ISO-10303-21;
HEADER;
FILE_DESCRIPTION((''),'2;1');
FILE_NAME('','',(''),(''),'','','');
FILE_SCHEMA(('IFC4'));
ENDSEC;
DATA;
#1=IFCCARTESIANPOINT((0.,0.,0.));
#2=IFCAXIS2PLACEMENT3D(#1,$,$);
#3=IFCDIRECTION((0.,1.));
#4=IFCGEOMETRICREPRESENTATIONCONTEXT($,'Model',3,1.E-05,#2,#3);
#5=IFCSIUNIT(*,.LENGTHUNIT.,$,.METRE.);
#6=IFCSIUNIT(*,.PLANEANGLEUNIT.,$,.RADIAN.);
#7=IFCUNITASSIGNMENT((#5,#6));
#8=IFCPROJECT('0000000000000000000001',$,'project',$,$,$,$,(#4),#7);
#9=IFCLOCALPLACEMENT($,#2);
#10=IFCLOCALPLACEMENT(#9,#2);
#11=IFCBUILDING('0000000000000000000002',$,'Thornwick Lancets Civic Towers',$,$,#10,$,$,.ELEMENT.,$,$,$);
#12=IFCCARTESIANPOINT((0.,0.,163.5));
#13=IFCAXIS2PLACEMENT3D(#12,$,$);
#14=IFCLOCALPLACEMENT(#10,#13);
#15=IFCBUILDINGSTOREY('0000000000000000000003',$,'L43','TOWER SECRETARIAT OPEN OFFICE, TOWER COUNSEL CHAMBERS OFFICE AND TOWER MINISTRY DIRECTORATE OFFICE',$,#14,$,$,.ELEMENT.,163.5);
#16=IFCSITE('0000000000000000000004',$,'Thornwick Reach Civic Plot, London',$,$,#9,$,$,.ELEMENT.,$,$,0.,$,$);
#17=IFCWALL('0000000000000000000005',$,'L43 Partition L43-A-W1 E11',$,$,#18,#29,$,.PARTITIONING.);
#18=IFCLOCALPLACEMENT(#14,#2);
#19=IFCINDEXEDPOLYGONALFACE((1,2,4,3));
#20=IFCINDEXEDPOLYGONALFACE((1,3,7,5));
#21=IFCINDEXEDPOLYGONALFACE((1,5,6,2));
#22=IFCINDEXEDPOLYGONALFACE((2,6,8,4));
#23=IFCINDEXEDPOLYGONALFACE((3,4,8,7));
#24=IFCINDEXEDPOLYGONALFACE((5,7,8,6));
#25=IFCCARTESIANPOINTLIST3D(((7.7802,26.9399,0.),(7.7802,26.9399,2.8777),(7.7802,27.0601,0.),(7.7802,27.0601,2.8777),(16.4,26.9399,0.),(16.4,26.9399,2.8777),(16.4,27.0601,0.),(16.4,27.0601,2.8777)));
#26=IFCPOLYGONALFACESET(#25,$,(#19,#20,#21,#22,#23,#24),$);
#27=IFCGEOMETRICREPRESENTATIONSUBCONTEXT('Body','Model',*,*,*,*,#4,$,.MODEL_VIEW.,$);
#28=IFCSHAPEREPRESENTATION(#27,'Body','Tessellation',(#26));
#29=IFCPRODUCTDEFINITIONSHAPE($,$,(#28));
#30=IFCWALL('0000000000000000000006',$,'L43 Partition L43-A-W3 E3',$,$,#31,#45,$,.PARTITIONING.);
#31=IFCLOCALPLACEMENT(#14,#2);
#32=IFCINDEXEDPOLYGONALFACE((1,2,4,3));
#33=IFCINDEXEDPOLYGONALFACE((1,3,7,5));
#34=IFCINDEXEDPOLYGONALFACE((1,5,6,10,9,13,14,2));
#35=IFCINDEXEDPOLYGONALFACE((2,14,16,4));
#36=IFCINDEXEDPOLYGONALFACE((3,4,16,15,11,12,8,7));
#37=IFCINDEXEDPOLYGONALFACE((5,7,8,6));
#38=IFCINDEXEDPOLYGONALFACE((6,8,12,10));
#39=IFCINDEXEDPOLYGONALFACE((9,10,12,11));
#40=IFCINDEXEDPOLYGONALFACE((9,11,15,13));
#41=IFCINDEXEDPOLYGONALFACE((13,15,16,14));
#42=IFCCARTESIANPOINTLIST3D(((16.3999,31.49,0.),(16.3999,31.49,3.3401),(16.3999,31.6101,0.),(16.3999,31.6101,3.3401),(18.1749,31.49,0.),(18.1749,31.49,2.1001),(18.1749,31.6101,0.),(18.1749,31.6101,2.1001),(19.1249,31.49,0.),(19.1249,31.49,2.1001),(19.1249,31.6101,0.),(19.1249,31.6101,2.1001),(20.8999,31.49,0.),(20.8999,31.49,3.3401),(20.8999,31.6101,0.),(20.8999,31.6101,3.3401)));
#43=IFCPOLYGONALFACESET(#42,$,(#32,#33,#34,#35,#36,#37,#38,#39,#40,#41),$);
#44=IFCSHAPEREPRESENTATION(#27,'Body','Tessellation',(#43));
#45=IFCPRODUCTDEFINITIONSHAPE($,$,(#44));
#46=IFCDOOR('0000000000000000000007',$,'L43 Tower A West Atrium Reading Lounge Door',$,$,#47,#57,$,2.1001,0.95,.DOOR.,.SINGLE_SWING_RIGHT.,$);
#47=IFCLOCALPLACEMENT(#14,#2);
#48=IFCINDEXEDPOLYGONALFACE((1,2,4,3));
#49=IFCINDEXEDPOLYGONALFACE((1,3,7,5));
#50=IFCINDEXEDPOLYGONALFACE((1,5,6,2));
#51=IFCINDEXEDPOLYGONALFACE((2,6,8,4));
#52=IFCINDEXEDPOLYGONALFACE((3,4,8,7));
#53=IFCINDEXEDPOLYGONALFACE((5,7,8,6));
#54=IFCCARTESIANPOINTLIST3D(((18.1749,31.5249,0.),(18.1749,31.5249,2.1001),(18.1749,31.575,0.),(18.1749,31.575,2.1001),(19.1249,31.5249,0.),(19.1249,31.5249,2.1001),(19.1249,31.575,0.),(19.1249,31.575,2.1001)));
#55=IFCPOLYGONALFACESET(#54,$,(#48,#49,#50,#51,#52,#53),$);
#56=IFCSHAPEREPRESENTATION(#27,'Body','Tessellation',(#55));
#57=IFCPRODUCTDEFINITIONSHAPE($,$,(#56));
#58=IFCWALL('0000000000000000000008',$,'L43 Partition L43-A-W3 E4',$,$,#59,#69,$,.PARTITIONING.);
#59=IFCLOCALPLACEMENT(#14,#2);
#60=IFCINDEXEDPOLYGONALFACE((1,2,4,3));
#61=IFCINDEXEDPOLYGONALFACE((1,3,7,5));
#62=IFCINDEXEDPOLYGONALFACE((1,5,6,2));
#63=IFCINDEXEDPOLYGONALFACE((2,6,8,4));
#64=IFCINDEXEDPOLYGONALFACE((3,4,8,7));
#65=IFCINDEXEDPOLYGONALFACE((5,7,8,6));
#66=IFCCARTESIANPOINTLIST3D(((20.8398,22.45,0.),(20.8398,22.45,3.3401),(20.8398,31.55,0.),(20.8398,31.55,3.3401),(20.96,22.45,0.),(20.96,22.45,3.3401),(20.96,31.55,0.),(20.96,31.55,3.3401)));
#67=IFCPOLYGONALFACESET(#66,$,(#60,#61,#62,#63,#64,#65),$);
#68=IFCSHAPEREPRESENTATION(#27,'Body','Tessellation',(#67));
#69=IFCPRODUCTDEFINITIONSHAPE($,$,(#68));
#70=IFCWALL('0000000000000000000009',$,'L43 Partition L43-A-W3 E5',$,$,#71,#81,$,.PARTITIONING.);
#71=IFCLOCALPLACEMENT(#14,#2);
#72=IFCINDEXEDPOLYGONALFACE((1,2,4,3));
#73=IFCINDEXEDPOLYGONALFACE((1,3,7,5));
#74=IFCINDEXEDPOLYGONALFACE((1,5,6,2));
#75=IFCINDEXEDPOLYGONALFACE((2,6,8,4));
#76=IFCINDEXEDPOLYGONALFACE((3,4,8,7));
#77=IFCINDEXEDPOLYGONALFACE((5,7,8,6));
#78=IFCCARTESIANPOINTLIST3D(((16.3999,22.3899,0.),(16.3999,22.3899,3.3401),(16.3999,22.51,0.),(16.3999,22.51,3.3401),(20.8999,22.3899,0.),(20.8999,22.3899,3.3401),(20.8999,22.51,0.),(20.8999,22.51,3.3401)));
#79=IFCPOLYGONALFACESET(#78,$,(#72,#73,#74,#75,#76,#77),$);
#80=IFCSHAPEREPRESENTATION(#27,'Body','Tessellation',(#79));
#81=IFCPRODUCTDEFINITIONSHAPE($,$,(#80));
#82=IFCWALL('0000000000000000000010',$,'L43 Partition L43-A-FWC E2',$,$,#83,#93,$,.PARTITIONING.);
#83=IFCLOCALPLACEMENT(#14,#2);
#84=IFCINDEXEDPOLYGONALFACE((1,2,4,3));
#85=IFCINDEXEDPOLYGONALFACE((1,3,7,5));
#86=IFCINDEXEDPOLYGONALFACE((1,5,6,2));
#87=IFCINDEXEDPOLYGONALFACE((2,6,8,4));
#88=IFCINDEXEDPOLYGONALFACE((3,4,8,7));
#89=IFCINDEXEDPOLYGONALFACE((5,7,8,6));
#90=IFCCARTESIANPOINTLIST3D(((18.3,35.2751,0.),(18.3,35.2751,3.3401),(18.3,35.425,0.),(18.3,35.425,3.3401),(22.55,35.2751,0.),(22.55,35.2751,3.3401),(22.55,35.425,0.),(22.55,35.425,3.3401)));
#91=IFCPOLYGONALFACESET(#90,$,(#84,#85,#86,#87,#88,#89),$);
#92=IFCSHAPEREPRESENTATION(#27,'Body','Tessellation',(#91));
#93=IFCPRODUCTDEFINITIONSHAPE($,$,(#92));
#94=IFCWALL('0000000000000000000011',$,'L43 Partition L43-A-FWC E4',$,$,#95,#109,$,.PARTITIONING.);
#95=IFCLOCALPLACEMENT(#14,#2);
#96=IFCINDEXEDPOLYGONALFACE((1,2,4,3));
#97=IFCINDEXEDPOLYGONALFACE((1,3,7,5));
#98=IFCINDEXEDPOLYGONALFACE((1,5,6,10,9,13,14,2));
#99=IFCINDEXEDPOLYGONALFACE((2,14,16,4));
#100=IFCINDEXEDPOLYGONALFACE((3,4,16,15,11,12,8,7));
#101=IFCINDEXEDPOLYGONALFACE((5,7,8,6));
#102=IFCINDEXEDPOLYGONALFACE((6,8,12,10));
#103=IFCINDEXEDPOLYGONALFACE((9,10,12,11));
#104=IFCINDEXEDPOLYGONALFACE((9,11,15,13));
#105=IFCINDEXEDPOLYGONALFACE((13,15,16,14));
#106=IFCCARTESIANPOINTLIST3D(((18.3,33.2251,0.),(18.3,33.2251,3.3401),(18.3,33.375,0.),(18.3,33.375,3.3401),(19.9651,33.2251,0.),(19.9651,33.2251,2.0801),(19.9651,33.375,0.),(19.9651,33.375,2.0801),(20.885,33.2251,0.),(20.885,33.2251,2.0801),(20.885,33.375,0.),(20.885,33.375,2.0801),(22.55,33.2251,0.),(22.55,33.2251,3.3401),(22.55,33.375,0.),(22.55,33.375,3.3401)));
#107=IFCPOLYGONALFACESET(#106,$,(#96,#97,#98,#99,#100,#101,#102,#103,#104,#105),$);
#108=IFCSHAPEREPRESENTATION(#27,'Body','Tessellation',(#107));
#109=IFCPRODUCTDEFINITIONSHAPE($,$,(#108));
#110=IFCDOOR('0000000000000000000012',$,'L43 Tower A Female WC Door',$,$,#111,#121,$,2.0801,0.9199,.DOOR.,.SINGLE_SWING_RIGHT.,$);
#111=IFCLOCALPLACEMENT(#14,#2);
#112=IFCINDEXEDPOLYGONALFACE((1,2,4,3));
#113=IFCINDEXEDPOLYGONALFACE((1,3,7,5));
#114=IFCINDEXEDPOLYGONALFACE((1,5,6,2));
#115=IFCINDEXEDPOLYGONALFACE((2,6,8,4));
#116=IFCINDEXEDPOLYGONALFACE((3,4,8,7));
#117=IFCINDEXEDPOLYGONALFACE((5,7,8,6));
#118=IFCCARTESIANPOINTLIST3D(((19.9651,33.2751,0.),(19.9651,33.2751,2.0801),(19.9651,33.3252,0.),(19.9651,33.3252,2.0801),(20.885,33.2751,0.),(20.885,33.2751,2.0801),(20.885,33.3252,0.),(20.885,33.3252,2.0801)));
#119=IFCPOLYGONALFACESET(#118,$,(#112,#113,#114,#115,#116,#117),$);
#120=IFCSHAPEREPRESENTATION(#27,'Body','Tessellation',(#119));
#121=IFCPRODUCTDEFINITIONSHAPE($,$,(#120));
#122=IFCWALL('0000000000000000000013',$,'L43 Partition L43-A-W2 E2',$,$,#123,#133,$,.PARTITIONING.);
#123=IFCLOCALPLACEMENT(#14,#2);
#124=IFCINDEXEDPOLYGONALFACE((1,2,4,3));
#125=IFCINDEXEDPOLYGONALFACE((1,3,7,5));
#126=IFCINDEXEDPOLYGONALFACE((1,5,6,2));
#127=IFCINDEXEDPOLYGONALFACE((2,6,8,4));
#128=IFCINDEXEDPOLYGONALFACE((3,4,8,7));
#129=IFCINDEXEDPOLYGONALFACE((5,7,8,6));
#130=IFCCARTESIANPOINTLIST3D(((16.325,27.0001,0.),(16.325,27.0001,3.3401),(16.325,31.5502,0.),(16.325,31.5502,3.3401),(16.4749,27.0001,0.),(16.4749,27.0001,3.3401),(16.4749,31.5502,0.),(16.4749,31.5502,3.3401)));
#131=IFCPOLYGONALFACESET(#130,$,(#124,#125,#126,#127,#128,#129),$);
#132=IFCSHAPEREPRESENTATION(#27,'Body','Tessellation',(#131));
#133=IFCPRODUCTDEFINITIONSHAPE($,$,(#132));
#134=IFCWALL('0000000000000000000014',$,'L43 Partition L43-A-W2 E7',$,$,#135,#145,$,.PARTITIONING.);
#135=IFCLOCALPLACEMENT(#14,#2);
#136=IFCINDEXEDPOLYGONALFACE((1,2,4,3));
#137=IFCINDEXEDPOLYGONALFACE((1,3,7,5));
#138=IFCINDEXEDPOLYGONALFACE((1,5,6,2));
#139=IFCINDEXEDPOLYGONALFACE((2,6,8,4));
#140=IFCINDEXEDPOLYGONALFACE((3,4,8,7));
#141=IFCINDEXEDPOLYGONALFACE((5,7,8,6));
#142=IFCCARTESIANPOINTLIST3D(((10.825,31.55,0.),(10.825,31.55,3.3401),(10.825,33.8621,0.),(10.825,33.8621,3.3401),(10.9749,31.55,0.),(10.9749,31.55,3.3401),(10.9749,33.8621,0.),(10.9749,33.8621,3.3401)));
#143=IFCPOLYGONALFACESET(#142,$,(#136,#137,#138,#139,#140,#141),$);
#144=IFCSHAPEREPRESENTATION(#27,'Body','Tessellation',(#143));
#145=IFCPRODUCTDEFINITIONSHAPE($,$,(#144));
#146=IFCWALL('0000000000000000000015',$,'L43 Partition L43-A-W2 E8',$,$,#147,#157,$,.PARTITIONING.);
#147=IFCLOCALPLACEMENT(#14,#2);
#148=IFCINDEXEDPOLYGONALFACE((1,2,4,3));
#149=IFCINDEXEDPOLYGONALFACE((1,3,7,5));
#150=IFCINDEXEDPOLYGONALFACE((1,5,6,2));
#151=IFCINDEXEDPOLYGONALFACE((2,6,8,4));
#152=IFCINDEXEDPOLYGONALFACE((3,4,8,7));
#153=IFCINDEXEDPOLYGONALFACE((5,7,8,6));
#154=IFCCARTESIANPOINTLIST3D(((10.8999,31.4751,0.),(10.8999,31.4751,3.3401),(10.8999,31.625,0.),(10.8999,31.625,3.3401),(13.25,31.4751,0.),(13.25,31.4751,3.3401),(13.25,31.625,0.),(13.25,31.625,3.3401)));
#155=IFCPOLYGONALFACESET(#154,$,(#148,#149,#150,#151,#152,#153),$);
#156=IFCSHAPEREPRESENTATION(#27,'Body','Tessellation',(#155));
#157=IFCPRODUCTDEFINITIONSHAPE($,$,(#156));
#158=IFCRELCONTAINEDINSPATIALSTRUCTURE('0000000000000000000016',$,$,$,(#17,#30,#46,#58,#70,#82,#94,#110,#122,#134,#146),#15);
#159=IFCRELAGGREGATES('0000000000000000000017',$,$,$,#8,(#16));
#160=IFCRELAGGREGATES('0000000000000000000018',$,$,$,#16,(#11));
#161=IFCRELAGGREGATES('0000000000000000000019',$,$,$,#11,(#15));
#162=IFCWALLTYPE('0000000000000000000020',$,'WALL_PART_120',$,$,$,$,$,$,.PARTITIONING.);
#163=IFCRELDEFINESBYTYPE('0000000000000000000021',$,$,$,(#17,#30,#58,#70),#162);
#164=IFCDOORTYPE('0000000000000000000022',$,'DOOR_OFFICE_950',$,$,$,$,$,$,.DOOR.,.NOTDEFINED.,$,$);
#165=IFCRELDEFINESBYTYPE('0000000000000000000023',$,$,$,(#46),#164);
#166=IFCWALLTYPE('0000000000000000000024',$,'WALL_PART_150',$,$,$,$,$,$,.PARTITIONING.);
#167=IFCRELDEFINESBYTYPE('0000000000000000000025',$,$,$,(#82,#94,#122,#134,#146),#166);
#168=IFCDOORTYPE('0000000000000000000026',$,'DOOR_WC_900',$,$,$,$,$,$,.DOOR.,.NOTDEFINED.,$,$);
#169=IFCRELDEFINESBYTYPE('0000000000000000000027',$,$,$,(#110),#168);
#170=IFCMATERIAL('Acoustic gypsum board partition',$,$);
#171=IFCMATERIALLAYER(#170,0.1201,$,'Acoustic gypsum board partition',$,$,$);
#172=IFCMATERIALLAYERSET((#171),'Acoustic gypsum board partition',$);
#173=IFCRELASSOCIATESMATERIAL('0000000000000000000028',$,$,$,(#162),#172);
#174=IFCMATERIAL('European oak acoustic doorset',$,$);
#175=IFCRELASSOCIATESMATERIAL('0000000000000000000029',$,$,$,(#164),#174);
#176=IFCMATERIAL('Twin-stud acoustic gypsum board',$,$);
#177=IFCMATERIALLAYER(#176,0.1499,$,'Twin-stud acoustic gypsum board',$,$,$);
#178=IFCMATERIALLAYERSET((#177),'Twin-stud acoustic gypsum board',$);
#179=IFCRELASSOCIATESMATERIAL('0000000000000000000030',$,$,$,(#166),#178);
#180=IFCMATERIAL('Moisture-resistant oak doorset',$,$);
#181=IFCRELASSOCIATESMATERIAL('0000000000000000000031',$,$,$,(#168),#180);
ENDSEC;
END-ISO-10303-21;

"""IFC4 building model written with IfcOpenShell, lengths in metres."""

from ifc_helpers import new_model, si_unit, direction, frame, frame_2d, origin, place, context, subcontext, project, spatial, rectangle, extrude, material, layer, layer_set, type_object, element, fill, save


model = new_model("IFC4")

# Units and contexts
model_context = context("Model", 3, precision=1e-05, world=origin(), true_north=direction((0.0, 1.0)))
body_context = subcontext(model_context, "Body", "Model", "MODEL_VIEW")
ifc_project = project(units=[si_unit("LENGTHUNIT", "METRE"), si_unit("PLANEANGLEUNIT", "RADIAN")], contexts=[model_context])

# Site, building, storey
site_placement = place(None, origin())
site = spatial("IfcSite", under=ifc_project, at=site_placement, Name="Thornwick Reach Civic Plot, London", CompositionType="ELEMENT", RefElevation=0.0)
building_placement = place(site_placement, origin())
building = spatial("IfcBuilding", under=site, at=building_placement, Name="Thornwick Lancets Civic Towers", CompositionType="ELEMENT")
storey_placement = place(building_placement, frame((0.0, 0.0, 163.5)))
storey = spatial("IfcBuildingStorey", under=building, at=storey_placement, Name="L43", Description="TOWER SECRETARIAT OPEN OFFICE, TOWER COUNSEL CHAMBERS OFFICE AND TOWER MINISTRY DIRECTORATE OFFICE", CompositionType="ELEMENT", Elevation=163.5)

# Shared definitions
ifc_material_1 = material(Name="Acoustic gypsum board partition")
ifc_layer_1 = layer(ifc_material_1, 0.1201, Name="Acoustic gypsum board partition")
ifc_layer_set_1 = layer_set([ifc_layer_1], Name="Acoustic gypsum board partition")
wall_type_1 = type_object("IfcWallType", Name="WALL_PART_120", PredefinedType="PARTITIONING", material=ifc_layer_set_1)

# Wall
wall_1_placement = place(storey_placement, frame((7.78, 27.0, 0.0), z_axis=(0.0, 0.0, 1.0), x_axis=(1.0, 0.0, 0.0)))
element("IfcWall", 1, at=wall_1_placement, inside=storey, type_object=wall_type_1, Name="L43 Partition L43-A-W1 E11", PredefinedType="PARTITIONING", context=body_context, shape_type="SweptSolid", body=[
    extrude(rectangle(XDim=8.6199, YDim=0.1201, at=frame_2d((4.3101, 0.0))), origin(), (0.0, 0.0, 1.0), 2.8777),
])

# Wall, opening, door
wall_2_placement = place(storey_placement, frame((16.3999, 31.55, 0.0), z_axis=(0.0, 0.0, 1.0), x_axis=(1.0, 0.0, 0.0)))
wall_2 = element("IfcWall", 2, at=wall_2_placement, inside=storey, type_object=wall_type_1, Name="L43 Partition L43-A-W3 E3", PredefinedType="PARTITIONING", context=body_context, shape_type="SweptSolid", body=[
    extrude(rectangle(XDim=4.5, YDim=0.1201, at=frame_2d((2.25, 0.0))), origin(), (0.0, 0.0, 1.0), 3.3401),
])
opening_1_placement = place(wall_2_placement, frame((1.7749, 0.0, 0.0)))
opening_1 = element("IfcOpeningElement", 3, at=opening_1_placement, cuts=wall_2, PredefinedType="OPENING", context=body_context, shape_type="SweptSolid", body=[
    extrude(rectangle(XDim=0.95, YDim=2.1001, at=frame_2d((0.4751, 1.05))), frame((0.0, 0.0701, 0.0), z_axis=(0.0, -1.0, 0.0), x_axis=(1.0, 0.0, 0.0)), (0.0, 0.0, 1.0), 0.1401),
])
ifc_material_2 = material(Name="European oak acoustic doorset")
door_type_1 = type_object("IfcDoorType", Name="DOOR_OFFICE_950", OperationType="NOTDEFINED", PredefinedType="DOOR", material=ifc_material_2)
door_1_placement = place(opening_1_placement, origin())
door_1 = element("IfcDoor", 4, at=door_1_placement, inside=storey, type_object=door_type_1, Name="L43 Tower A West Atrium Reading Lounge Door", OperationType="SINGLE_SWING_RIGHT", OverallHeight=2.1001, OverallWidth=0.95, PredefinedType="DOOR", context=body_context, shape_type="SweptSolid", body=[
    extrude(rectangle(XDim=0.95, YDim=2.1001, at=frame_2d((0.4751, 1.05))), frame((0.0, 0.0249, 0.0), z_axis=(0.0, -1.0, 0.0), x_axis=(1.0, 0.0, 0.0)), (0.0, 0.0, 1.0), 0.05),
])
fill(opening_1, door_1)

# Walls
wall_3_placement = place(storey_placement, frame((20.8999, 31.55, 0.0), z_axis=(0.0, 0.0, 1.0), x_axis=(0.0, -1.0, 0.0)))
element("IfcWall", 5, at=wall_3_placement, inside=storey, type_object=wall_type_1, Name="L43 Partition L43-A-W3 E4", PredefinedType="PARTITIONING", context=body_context, shape_type="SweptSolid", body=[
    extrude(rectangle(XDim=9.1001, YDim=0.1201, at=frame_2d((4.55, 0.0))), origin(), (0.0, 0.0, 1.0), 3.3401),
])
wall_4_placement = place(storey_placement, frame((20.8999, 22.45, 0.0), z_axis=(0.0, 0.0, 1.0), x_axis=(-1.0, 0.0, 0.0)))
element("IfcWall", 6, at=wall_4_placement, inside=storey, type_object=wall_type_1, Name="L43 Partition L43-A-W3 E5", PredefinedType="PARTITIONING", context=body_context, shape_type="SweptSolid", body=[
    extrude(rectangle(XDim=4.5, YDim=0.1201, at=frame_2d((2.25, 0.0))), origin(), (0.0, 0.0, 1.0), 3.3401),
])
ifc_material_3 = material(Name="Twin-stud acoustic gypsum board")
ifc_layer_2 = layer(ifc_material_3, 0.1499, Name="Twin-stud acoustic gypsum board")
ifc_layer_set_2 = layer_set([ifc_layer_2], Name="Twin-stud acoustic gypsum board")
wall_type_2 = type_object("IfcWallType", Name="WALL_PART_150", PredefinedType="PARTITIONING", material=ifc_layer_set_2)
wall_5_placement = place(storey_placement, frame((18.3, 35.3501, 0.0), z_axis=(0.0, 0.0, 1.0), x_axis=(1.0, 0.0, 0.0)))
element("IfcWall", 7, at=wall_5_placement, inside=storey, type_object=wall_type_2, Name="L43 Partition L43-A-FWC E2", PredefinedType="PARTITIONING", context=body_context, shape_type="SweptSolid", body=[
    extrude(rectangle(XDim=4.25, YDim=0.1499, at=frame_2d((2.125, 0.0))), origin(), (0.0, 0.0, 1.0), 3.3401),
])

# Wall, opening, door
wall_6_placement = place(storey_placement, frame((22.55, 33.3, 0.0), z_axis=(0.0, 0.0, 1.0), x_axis=(-1.0, 0.0, 0.0)))
wall_6 = element("IfcWall", 8, at=wall_6_placement, inside=storey, type_object=wall_type_2, Name="L43 Partition L43-A-FWC E4", PredefinedType="PARTITIONING", context=body_context, shape_type="SweptSolid", body=[
    extrude(rectangle(XDim=4.25, YDim=0.1499, at=frame_2d((2.125, 0.0))), origin(), (0.0, 0.0, 1.0), 3.3401),
])
opening_2_placement = place(wall_6_placement, frame((1.665, 0.0, 0.0)))
opening_2 = element("IfcOpeningElement", 9, at=opening_2_placement, cuts=wall_6, PredefinedType="OPENING", context=body_context, shape_type="SweptSolid", body=[
    extrude(rectangle(XDim=0.9199, YDim=2.0801, at=frame_2d((0.46, 1.04))), frame((0.0, 0.085, 0.0), z_axis=(0.0, -1.0, 0.0), x_axis=(1.0, 0.0, 0.0)), (0.0, 0.0, 1.0), 0.1699),
])
ifc_material_4 = material(Name="Moisture-resistant oak doorset")
door_type_2 = type_object("IfcDoorType", Name="DOOR_WC_900", OperationType="NOTDEFINED", PredefinedType="DOOR", material=ifc_material_4)
door_2_placement = place(opening_2_placement, origin())
door_2 = element("IfcDoor", 10, at=door_2_placement, inside=storey, type_object=door_type_2, Name="L43 Tower A Female WC Door", OperationType="SINGLE_SWING_RIGHT", OverallHeight=2.0801, OverallWidth=0.9199, PredefinedType="DOOR", context=body_context, shape_type="SweptSolid", body=[
    extrude(rectangle(XDim=0.9199, YDim=2.0801, at=frame_2d((0.46, 1.04))), frame((0.0, 0.0249, 0.0), z_axis=(0.0, -1.0, 0.0), x_axis=(1.0, 0.0, 0.0)), (0.0, 0.0, 1.0), 0.05),
])
fill(opening_2, door_2)

# Walls
wall_7_placement = place(storey_placement, frame((16.3999, 31.55, 0.0), z_axis=(0.0, 0.0, 1.0), x_axis=(0.0, -1.0, 0.0)))
element("IfcWall", 11, at=wall_7_placement, inside=storey, type_object=wall_type_2, Name="L43 Partition L43-A-W2 E2", PredefinedType="PARTITIONING", context=body_context, shape_type="SweptSolid", body=[
    extrude(rectangle(XDim=4.55, YDim=0.1499, at=frame_2d((2.2749, 0.0))), origin(), (0.0, 0.0, 1.0), 3.3401),
])
wall_8_placement = place(storey_placement, frame((10.8999, 33.8621, 0.0), z_axis=(0.0, 0.0, 1.0), x_axis=(0.0, -1.0, 0.0)))
element("IfcWall", 12, at=wall_8_placement, inside=storey, type_object=wall_type_2, Name="L43 Partition L43-A-W2 E7", PredefinedType="PARTITIONING", context=body_context, shape_type="SweptSolid", body=[
    extrude(rectangle(XDim=2.312, YDim=0.1499, at=frame_2d((1.156, 0.0))), origin(), (0.0, 0.0, 1.0), 3.3401),
])
wall_9_placement = place(storey_placement, frame((10.8999, 31.55, 0.0), z_axis=(0.0, 0.0, 1.0), x_axis=(1.0, 0.0, 0.0)))
element("IfcWall", 13, at=wall_9_placement, inside=storey, type_object=wall_type_2, Name="L43 Partition L43-A-W2 E8", PredefinedType="PARTITIONING", context=body_context, shape_type="SweptSolid", body=[
    extrude(rectangle(XDim=2.3501, YDim=0.1499, at=frame_2d((1.175, 0.0))), origin(), (0.0, 0.0, 1.0), 3.3401),
])

save(model, "model.ifc")
